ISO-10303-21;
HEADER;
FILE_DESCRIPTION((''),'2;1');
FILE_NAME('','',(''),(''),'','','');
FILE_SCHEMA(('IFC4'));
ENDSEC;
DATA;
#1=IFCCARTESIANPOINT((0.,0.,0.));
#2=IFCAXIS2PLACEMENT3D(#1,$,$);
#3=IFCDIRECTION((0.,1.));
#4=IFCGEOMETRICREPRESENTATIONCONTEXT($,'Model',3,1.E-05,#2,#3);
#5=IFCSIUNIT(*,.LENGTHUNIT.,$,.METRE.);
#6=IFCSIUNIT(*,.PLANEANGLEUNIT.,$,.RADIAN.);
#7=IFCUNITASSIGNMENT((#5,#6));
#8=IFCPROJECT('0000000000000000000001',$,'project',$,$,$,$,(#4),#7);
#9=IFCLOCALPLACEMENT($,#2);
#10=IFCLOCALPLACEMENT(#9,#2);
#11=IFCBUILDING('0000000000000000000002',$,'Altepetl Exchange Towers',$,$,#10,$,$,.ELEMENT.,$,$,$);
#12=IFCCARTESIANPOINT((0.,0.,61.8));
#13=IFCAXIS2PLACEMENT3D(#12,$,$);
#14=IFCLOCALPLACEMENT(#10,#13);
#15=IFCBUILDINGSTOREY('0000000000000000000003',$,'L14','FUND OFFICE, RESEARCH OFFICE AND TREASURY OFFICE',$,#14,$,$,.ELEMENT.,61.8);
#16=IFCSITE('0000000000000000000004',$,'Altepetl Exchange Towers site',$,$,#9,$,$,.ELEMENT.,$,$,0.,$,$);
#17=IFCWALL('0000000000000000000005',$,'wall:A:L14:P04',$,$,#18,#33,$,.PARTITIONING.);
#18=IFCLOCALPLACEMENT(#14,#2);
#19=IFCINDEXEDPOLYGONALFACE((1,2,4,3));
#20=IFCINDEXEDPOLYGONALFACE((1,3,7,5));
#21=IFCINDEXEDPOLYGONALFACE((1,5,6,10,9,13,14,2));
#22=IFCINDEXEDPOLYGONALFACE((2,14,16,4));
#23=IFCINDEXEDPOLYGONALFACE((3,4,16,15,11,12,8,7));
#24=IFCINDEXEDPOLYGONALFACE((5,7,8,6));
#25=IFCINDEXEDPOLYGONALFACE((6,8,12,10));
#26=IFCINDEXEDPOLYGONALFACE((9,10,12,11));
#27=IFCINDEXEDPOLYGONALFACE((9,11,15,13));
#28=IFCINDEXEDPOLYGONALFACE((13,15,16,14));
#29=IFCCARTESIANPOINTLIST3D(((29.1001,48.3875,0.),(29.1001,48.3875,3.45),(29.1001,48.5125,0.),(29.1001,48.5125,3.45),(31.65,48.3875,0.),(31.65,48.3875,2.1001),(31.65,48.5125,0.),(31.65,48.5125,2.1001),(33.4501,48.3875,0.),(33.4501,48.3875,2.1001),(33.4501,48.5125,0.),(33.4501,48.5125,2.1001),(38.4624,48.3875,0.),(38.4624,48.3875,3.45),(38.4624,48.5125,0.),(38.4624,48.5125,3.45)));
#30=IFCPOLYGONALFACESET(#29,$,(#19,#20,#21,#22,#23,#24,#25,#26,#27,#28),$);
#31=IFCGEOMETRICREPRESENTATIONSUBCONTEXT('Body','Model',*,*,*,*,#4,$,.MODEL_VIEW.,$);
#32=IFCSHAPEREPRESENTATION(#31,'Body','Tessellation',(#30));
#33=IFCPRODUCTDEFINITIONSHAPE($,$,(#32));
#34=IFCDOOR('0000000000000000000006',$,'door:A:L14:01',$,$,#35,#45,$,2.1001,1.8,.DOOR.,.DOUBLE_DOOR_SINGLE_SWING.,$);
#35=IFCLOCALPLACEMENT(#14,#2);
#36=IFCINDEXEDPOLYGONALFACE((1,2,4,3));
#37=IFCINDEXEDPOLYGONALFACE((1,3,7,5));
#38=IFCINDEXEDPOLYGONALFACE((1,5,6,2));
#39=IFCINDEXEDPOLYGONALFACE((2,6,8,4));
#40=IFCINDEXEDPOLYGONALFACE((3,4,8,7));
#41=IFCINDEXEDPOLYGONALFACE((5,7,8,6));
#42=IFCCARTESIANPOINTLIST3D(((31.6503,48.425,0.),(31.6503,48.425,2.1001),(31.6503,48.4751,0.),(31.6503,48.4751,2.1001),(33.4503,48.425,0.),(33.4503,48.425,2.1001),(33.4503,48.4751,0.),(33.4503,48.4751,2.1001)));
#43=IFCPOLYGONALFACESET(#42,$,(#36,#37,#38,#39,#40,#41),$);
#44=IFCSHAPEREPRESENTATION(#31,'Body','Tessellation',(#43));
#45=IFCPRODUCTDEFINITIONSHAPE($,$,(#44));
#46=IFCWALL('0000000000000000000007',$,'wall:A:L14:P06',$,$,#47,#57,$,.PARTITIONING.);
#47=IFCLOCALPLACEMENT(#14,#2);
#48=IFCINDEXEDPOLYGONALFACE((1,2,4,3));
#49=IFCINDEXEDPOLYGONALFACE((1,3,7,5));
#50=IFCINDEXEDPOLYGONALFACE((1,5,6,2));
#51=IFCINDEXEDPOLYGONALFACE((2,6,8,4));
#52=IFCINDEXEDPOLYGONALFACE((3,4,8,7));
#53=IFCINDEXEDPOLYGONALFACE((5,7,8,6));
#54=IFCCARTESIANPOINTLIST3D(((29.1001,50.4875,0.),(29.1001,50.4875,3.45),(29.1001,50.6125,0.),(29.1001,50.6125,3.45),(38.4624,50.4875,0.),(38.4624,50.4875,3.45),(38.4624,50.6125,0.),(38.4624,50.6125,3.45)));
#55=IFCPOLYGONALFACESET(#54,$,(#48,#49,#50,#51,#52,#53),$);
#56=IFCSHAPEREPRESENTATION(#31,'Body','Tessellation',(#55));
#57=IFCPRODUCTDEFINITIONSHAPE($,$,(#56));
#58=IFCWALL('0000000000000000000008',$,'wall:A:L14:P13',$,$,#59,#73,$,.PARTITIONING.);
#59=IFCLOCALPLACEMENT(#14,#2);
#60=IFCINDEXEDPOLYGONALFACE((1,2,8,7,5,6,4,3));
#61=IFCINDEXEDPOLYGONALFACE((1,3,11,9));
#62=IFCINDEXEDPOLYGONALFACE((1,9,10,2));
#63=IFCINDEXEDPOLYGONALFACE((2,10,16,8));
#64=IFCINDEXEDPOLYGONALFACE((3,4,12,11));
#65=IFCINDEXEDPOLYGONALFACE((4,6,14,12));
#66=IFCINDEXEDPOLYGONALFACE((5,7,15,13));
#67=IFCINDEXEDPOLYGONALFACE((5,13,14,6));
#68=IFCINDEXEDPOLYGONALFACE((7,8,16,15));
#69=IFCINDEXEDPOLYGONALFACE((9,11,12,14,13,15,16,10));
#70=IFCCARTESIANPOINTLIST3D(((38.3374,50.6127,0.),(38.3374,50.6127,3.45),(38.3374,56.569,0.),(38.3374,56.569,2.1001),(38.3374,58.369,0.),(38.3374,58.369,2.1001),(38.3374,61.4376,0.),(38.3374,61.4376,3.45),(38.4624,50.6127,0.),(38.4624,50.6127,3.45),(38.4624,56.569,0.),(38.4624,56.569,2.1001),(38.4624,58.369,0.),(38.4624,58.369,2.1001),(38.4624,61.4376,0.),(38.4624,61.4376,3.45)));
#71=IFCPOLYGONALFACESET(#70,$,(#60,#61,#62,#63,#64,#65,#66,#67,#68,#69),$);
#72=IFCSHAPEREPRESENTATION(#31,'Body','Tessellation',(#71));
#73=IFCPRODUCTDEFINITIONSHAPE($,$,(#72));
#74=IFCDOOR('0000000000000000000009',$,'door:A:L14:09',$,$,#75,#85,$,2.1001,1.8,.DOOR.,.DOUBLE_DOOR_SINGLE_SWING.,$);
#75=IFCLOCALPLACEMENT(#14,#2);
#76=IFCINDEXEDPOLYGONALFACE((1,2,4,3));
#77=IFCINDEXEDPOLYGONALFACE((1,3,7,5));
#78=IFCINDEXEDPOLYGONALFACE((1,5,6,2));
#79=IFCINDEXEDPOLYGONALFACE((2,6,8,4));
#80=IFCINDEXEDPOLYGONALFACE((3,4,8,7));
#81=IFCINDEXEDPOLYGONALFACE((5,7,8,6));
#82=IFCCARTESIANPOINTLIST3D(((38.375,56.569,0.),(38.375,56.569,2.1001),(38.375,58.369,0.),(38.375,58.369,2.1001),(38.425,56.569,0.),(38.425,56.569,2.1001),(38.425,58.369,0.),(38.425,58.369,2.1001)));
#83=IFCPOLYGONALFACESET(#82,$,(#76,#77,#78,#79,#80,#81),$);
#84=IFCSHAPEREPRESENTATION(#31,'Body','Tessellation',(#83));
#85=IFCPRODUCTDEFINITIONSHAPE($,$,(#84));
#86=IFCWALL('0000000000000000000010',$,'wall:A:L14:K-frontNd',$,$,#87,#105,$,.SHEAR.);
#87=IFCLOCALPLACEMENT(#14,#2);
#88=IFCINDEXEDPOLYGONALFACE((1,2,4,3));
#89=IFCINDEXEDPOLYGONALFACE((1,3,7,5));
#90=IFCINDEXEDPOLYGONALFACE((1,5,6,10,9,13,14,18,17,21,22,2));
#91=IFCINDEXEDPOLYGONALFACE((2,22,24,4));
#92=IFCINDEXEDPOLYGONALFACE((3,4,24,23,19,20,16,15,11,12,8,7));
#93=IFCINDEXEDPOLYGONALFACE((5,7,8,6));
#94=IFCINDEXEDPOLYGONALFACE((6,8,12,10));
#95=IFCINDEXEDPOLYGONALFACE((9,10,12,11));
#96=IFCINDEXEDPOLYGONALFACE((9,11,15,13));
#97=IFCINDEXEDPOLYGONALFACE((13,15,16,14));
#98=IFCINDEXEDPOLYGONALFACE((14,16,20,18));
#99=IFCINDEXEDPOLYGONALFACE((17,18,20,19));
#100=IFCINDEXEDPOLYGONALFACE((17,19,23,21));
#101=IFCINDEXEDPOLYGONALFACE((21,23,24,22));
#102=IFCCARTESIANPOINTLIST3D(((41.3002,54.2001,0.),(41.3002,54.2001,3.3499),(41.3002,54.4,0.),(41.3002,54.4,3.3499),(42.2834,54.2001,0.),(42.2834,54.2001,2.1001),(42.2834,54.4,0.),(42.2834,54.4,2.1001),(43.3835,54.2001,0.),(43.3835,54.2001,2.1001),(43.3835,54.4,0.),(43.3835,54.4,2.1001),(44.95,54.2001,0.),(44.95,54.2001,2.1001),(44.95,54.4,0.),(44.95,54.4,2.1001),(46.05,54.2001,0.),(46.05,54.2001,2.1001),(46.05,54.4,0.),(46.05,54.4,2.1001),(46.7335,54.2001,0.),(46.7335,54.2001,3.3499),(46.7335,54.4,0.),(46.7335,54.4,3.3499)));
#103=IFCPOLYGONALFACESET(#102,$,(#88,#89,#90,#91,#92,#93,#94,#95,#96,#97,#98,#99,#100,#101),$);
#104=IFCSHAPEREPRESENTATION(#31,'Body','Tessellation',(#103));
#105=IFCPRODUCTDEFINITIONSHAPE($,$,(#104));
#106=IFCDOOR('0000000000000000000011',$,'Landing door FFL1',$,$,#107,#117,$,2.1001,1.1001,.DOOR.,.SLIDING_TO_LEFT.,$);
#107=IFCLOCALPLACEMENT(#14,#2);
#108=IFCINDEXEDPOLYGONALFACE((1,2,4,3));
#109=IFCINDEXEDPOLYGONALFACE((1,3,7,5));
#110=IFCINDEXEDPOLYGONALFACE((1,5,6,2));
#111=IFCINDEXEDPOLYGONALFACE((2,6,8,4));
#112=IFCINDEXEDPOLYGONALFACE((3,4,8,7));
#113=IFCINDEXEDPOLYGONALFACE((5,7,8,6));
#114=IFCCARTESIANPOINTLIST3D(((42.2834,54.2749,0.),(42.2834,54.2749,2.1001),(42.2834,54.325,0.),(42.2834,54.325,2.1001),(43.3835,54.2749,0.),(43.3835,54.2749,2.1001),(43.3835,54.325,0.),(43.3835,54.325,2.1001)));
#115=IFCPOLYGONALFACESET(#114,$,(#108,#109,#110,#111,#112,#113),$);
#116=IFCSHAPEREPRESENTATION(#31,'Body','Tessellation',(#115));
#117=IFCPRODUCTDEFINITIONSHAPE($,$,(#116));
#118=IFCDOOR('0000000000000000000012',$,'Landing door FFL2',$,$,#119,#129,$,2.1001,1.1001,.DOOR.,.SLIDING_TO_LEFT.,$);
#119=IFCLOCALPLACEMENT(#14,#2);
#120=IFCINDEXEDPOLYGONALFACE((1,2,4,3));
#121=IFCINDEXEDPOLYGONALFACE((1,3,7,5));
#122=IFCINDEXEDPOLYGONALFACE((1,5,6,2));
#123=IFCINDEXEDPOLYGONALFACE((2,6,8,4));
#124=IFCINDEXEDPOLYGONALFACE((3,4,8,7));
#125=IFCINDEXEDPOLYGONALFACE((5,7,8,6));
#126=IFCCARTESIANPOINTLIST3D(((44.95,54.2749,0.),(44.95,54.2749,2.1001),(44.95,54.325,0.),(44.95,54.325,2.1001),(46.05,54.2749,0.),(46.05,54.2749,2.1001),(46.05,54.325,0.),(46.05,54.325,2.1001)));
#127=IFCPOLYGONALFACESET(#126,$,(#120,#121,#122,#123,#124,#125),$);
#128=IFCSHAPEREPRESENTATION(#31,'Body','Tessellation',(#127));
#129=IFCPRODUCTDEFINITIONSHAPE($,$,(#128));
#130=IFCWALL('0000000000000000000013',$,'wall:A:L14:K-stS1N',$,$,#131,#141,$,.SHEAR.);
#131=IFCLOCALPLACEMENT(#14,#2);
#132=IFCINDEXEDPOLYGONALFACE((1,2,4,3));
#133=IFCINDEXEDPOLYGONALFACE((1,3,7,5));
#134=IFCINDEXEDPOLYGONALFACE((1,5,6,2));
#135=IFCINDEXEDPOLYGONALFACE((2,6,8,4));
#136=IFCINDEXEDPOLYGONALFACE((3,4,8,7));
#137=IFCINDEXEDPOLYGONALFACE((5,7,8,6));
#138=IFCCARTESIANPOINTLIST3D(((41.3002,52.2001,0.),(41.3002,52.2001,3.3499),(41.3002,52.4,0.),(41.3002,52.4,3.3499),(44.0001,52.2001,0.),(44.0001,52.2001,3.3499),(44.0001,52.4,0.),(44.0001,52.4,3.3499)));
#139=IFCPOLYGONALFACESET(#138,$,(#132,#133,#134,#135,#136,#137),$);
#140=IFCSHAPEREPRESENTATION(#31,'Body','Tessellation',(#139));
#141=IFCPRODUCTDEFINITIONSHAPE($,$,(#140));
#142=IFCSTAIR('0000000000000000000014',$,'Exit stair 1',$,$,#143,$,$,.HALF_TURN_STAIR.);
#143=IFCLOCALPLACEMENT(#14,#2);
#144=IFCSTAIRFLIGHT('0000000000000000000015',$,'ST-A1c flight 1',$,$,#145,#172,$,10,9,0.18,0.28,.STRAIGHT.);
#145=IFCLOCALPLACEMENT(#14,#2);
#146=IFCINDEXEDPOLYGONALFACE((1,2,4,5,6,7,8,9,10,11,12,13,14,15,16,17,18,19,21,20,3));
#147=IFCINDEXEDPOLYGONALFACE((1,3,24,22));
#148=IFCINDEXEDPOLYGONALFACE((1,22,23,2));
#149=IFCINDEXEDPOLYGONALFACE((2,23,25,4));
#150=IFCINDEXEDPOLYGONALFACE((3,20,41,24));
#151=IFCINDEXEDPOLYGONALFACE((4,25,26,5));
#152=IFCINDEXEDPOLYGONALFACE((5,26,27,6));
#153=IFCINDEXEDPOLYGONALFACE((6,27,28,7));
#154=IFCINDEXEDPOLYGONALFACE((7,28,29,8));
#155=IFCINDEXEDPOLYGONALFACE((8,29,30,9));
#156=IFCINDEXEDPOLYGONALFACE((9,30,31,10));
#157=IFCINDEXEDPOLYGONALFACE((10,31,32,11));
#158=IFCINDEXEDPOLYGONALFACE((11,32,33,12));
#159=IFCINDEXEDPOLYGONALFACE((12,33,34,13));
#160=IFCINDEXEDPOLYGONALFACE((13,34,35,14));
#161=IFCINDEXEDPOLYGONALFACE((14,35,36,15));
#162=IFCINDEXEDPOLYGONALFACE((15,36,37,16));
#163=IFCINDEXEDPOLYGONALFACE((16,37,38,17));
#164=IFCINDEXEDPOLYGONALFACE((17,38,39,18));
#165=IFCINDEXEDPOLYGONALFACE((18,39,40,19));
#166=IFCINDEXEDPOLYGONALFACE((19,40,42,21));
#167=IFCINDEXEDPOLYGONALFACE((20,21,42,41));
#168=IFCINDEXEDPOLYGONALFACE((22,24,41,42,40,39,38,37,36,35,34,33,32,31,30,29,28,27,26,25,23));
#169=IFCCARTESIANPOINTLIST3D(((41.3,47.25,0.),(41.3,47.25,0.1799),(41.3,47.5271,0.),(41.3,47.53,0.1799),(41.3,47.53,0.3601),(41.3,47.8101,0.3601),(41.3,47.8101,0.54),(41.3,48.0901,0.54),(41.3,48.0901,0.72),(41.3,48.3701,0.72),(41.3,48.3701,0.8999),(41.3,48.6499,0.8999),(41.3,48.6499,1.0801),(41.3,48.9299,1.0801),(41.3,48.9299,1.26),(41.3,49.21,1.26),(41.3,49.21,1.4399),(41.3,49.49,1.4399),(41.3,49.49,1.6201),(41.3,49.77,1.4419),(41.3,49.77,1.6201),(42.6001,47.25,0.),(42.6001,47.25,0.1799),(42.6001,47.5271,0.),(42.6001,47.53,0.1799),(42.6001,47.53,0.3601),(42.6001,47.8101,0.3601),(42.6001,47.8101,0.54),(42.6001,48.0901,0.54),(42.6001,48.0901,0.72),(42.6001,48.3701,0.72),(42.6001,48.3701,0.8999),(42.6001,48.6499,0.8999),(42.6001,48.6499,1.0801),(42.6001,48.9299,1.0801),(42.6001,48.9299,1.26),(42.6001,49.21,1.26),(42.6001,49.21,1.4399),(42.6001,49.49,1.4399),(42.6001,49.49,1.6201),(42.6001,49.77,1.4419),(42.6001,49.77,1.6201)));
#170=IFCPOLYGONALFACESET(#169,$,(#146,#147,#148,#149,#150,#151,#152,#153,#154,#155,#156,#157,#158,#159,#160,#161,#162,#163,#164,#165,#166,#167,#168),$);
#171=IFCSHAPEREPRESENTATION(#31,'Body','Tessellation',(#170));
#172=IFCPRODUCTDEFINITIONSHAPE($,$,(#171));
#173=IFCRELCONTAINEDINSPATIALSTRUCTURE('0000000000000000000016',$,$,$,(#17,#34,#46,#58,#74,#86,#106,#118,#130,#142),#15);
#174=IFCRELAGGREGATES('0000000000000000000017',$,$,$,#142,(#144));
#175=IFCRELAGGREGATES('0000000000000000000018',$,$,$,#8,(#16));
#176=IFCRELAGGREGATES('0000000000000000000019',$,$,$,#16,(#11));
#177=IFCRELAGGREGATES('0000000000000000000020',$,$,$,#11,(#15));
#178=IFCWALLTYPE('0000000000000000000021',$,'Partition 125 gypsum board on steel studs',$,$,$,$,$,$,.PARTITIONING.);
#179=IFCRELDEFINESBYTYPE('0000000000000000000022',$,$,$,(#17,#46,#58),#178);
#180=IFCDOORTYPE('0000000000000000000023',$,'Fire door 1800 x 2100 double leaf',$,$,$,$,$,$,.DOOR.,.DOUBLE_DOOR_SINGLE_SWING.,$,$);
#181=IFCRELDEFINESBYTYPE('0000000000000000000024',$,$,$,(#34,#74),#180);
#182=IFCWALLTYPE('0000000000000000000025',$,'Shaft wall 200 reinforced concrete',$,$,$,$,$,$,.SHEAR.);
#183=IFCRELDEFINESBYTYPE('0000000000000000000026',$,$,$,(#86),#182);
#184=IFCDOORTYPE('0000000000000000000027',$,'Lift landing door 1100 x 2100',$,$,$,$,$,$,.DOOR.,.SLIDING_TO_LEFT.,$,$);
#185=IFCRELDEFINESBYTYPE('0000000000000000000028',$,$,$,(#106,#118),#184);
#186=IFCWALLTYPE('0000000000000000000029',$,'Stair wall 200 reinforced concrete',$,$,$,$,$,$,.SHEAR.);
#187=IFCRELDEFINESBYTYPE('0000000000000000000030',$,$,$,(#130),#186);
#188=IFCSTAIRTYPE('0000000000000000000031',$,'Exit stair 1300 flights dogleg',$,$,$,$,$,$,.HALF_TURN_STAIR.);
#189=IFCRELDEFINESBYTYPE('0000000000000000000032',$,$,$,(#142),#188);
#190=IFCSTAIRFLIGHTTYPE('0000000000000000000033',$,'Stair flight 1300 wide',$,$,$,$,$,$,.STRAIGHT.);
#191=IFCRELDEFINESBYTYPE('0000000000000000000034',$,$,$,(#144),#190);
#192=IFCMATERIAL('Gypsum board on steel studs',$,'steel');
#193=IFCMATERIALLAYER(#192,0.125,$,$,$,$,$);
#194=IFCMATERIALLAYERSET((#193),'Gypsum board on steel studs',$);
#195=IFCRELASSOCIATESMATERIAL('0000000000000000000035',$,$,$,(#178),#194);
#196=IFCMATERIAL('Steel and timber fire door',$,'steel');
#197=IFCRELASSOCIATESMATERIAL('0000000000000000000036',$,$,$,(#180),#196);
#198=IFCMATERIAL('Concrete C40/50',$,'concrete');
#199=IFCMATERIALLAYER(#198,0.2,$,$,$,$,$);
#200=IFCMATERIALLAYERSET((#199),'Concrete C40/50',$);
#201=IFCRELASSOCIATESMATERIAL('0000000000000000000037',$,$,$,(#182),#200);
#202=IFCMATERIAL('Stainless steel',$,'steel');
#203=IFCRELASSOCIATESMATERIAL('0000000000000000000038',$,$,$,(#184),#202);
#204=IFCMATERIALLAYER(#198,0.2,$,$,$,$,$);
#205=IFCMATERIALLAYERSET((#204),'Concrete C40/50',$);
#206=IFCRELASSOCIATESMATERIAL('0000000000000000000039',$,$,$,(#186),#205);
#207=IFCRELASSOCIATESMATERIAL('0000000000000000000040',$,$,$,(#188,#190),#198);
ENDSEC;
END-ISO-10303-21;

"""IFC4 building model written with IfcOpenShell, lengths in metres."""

from ifc_helpers import new_model, si_unit, direction, frame, frame_2d, origin, place, context, subcontext, project, spatial, polyline, rectangle, outline, extrude, material, layer, layer_set, type_object, element, fill, aggregate, save


model = new_model("IFC4")

# Units and contexts
model_context = context("Model", 3, precision=1e-05, world=origin(), true_north=direction((0.0, 1.0)))
body_context = subcontext(model_context, "Body", "Model", "MODEL_VIEW")
ifc_project = project(units=[si_unit("LENGTHUNIT", "METRE"), si_unit("PLANEANGLEUNIT", "RADIAN")], contexts=[model_context])

# Site, building, storey
site_placement = place(None, origin())
site = spatial("IfcSite", under=ifc_project, at=site_placement, Name="Altepetl Exchange Towers site", CompositionType="ELEMENT", RefElevation=0.0)
building_placement = place(site_placement, origin())
building = spatial("IfcBuilding", under=site, at=building_placement, Name="Altepetl Exchange Towers", CompositionType="ELEMENT")
storey_placement = place(building_placement, frame((0.0, 0.0, 61.8)))
storey = spatial("IfcBuildingStorey", under=building, at=storey_placement, Name="L14", Description="FUND OFFICE, RESEARCH OFFICE AND TREASURY OFFICE", CompositionType="ELEMENT", Elevation=61.8)

# Wall, opening, door
ifc_material_1 = material(Name="Gypsum board on steel studs", Category="steel")
ifc_layer_1 = layer(ifc_material_1, 0.125)
ifc_layer_set_1 = layer_set([ifc_layer_1], Name="Gypsum board on steel studs")
wall_type_1 = type_object("IfcWallType", Name="Partition 125 gypsum board on steel studs", PredefinedType="PARTITIONING", material=ifc_layer_set_1)
wall_1_placement = place(storey_placement, frame((29.1001, 48.45, 0.0)))
wall_1 = element("IfcWall", 1, at=wall_1_placement, inside=storey, type_object=wall_type_1, Name="wall:A:L14:P04", PredefinedType="PARTITIONING", context=body_context, shape_type="SweptSolid", body=[
    extrude(rectangle(XDim=9.3623, YDim=0.125, at=frame_2d((4.6812, 0.0))), origin(), (0.0, 0.0, 1.0), 3.45),
])
opening_1_placement = place(wall_1_placement, frame((2.55, 0.0, 0.0)))
opening_1 = element("IfcOpeningElement", 2, at=opening_1_placement, cuts=wall_1, PredefinedType="OPENING", context=body_context, shape_type="SweptSolid", body=[
    extrude(rectangle(XDim=1.8, YDim=2.1001, at=frame_2d((0.8999, 1.05))), frame((0.0, 0.0725, 0.0), z_axis=(0.0, -1.0, 0.0), x_axis=(1.0, 0.0, 0.0)), (0.0, 0.0, 1.0), 0.145),
])
ifc_material_2 = material(Name="Steel and timber fire door", Category="steel")
door_type_1 = type_object("IfcDoorType", Name="Fire door 1800 x 2100 double leaf", OperationType="DOUBLE_DOOR_SINGLE_SWING", PredefinedType="DOOR", material=ifc_material_2)
door_1_placement = place(opening_1_placement, frame((1.8, 0.0, 0.0), x_axis=(-1.0, 0.0, 0.0)))
door_1 = element("IfcDoor", 3, at=door_1_placement, inside=storey, type_object=door_type_1, Name="door:A:L14:01", OperationType="DOUBLE_DOOR_SINGLE_SWING", OverallHeight=2.1001, OverallWidth=1.8, PredefinedType="DOOR", context=body_context, shape_type="SweptSolid", body=[
    extrude(rectangle(XDim=1.8, YDim=2.1001, at=frame_2d((0.8999, 1.05))), frame((0.0, 0.0249, 0.0), z_axis=(0.0, -1.0, 0.0), x_axis=(1.0, 0.0, 0.0)), (0.0, 0.0, 1.0), 0.05),
])
fill(opening_1, door_1)

# Wall
wall_2_placement = place(storey_placement, frame((29.1001, 50.55, 0.0)))
element("IfcWall", 4, at=wall_2_placement, inside=storey, type_object=wall_type_1, Name="wall:A:L14:P06", PredefinedType="PARTITIONING", context=body_context, shape_type="SweptSolid", body=[
    extrude(rectangle(XDim=9.3623, YDim=0.125, at=frame_2d((4.6812, 0.0))), origin(), (0.0, 0.0, 1.0), 3.45),
])

# Wall, opening, door
wall_3_placement = place(storey_placement, frame((38.3999, 50.6125, 0.0), z_axis=(0.0, 0.0, 1.0), x_axis=(0.0, 1.0, 0.0)))
wall_3 = element("IfcWall", 5, at=wall_3_placement, inside=storey, type_object=wall_type_1, Name="wall:A:L14:P13", PredefinedType="PARTITIONING", context=body_context, shape_type="SweptSolid", body=[
    extrude(rectangle(XDim=10.825, YDim=0.125, at=frame_2d((5.4126, 0.0))), origin(), (0.0, 0.0, 1.0), 3.45),
])
opening_2_placement = place(wall_3_placement, frame((5.9565, 0.0, 0.0)))
opening_2 = element("IfcOpeningElement", 6, at=opening_2_placement, cuts=wall_3, PredefinedType="OPENING", context=body_context, shape_type="SweptSolid", body=[
    extrude(rectangle(XDim=1.8, YDim=2.1001, at=frame_2d((0.8999, 1.05))), frame((0.0, 0.0725, 0.0), z_axis=(0.0, -1.0, 0.0), x_axis=(1.0, 0.0, 0.0)), (0.0, 0.0, 1.0), 0.145),
])
door_2_placement = place(opening_2_placement, origin())
door_2 = element("IfcDoor", 7, at=door_2_placement, inside=storey, type_object=door_type_1, Name="door:A:L14:09", OperationType="DOUBLE_DOOR_SINGLE_SWING", OverallHeight=2.1001, OverallWidth=1.8, PredefinedType="DOOR", context=body_context, shape_type="SweptSolid", body=[
    extrude(rectangle(XDim=1.8, YDim=2.1001, at=frame_2d((0.8999, 1.05))), frame((0.0, 0.0249, 0.0), z_axis=(0.0, -1.0, 0.0), x_axis=(1.0, 0.0, 0.0)), (0.0, 0.0, 1.0), 0.05),
])
fill(opening_2, door_2)

# Wall, openings, doors
ifc_material_3 = material(Name="Concrete C40/50", Category="concrete")
ifc_layer_2 = layer(ifc_material_3, 0.2)
ifc_layer_set_2 = layer_set([ifc_layer_2], Name="Concrete C40/50")
wall_type_2 = type_object("IfcWallType", Name="Shaft wall 200 reinforced concrete", PredefinedType="SHEAR", material=ifc_layer_set_2)
wall_4_placement = place(storey_placement, frame((41.3, 54.3, 0.0)))
wall_4 = element("IfcWall", 8, at=wall_4_placement, inside=storey, type_object=wall_type_2, Name="wall:A:L14:K-frontNd", PredefinedType="SHEAR", context=body_context, shape_type="SweptSolid", body=[
    extrude(rectangle(XDim=5.4333, YDim=0.2, at=frame_2d((2.7168, 0.0))), origin(), (0.0, 0.0, 1.0), 3.3499),
])
opening_3_placement = place(wall_4_placement, frame((0.9834, 0.0, 0.0)))
opening_3 = element("IfcOpeningElement", 9, at=opening_3_placement, cuts=wall_4, PredefinedType="OPENING", context=body_context, shape_type="SweptSolid", body=[
    extrude(rectangle(XDim=1.1001, YDim=2.1001, at=frame_2d((0.55, 1.05))), frame((0.0, 0.1099, 0.0), z_axis=(0.0, -1.0, 0.0), x_axis=(1.0, 0.0, 0.0)), (0.0, 0.0, 1.0), 0.22),
])
opening_4_placement = place(wall_4_placement, frame((3.6499, 0.0, 0.0)))
opening_4 = element("IfcOpeningElement", 10, at=opening_4_placement, cuts=wall_4, PredefinedType="OPENING", context=body_context, shape_type="SweptSolid", body=[
    extrude(rectangle(XDim=1.1001, YDim=2.1001, at=frame_2d((0.55, 1.05))), frame((0.0, 0.1099, 0.0), z_axis=(0.0, -1.0, 0.0), x_axis=(1.0, 0.0, 0.0)), (0.0, 0.0, 1.0), 0.22),
])
ifc_material_4 = material(Name="Stainless steel", Category="steel")
door_type_2 = type_object("IfcDoorType", Name="Lift landing door 1100 x 2100", OperationType="SLIDING_TO_LEFT", PredefinedType="DOOR", material=ifc_material_4)
door_3_placement = place(opening_3_placement, origin())
door_3 = element("IfcDoor", 11, at=door_3_placement, inside=storey, type_object=door_type_2, Name="Landing door FFL1", OperationType="SLIDING_TO_LEFT", OverallHeight=2.1001, OverallWidth=1.1001, PredefinedType="DOOR", context=body_context, shape_type="SweptSolid", body=[
    extrude(rectangle(XDim=1.1001, YDim=2.1001, at=frame_2d((0.55, 1.05))), frame((0.0, 0.0249, 0.0), z_axis=(0.0, -1.0, 0.0), x_axis=(1.0, 0.0, 0.0)), (0.0, 0.0, 1.0), 0.05),
])
fill(opening_3, door_3)
door_4_placement = place(opening_4_placement, origin())
door_4 = element("IfcDoor", 12, at=door_4_placement, inside=storey, type_object=door_type_2, Name="Landing door FFL2", OperationType="SLIDING_TO_LEFT", OverallHeight=2.1001, OverallWidth=1.1001, PredefinedType="DOOR", context=body_context, shape_type="SweptSolid", body=[
    extrude(rectangle(XDim=1.1001, YDim=2.1001, at=frame_2d((0.55, 1.05))), frame((0.0, 0.0249, 0.0), z_axis=(0.0, -1.0, 0.0), x_axis=(1.0, 0.0, 0.0)), (0.0, 0.0, 1.0), 0.05),
])
fill(opening_4, door_4)

# Wall
ifc_layer_3 = layer(ifc_material_3, 0.2)
ifc_layer_set_3 = layer_set([ifc_layer_3], Name="Concrete C40/50")
wall_type_3 = type_object("IfcWallType", Name="Stair wall 200 reinforced concrete", PredefinedType="SHEAR", material=ifc_layer_set_3)
wall_5_placement = place(storey_placement, frame((41.3, 52.3, 0.0)))
element("IfcWall", 13, at=wall_5_placement, inside=storey, type_object=wall_type_3, Name="wall:A:L14:K-stS1N", PredefinedType="SHEAR", context=body_context, shape_type="SweptSolid", body=[
    extrude(rectangle(XDim=2.7, YDim=0.2, at=frame_2d((1.3501, 0.0))), origin(), (0.0, 0.0, 1.0), 3.3499),
])

# Stair, stair flight
stair_type = type_object("IfcStairType", Name="Exit stair 1300 flights dogleg", PredefinedType="HALF_TURN_STAIR", material=ifc_material_3)
stair_placement = place(storey_placement, origin())
stair = element("IfcStair", 14, at=stair_placement, inside=storey, type_object=stair_type, Name="Exit stair 1", PredefinedType="HALF_TURN_STAIR")
stair_flight_type = type_object("IfcStairFlightType", Name="Stair flight 1300 wide", PredefinedType="STRAIGHT", material=ifc_material_3)
stair_flight_placement = place(storey_placement, frame((41.95, 47.25, 0.0), z_axis=(0.0, 0.0, 1.0), x_axis=(0.0, 1.0, 0.0)))
stair_flight = element("IfcStairFlight", 15, at=stair_flight_placement, type_object=stair_flight_type, Name="ST-A1c flight 1", NumberOfRisers=10, NumberOfTreads=9, PredefinedType="STRAIGHT", RiserHeight=0.18, TreadLength=0.28, context=body_context, shape_type="SweptSolid", body=[
    extrude(outline(polyline([(0.0, 0.0), (0.0, 0.1799), (0.28, 0.1799), (0.28, 0.3601), (0.5601, 0.3601), (0.5601, 0.54), (0.8401, 0.54), (0.8401, 0.72), (1.1201, 0.72), (1.1201, 0.8999), (1.3999, 0.8999), (1.3999, 1.0801), (1.6799, 1.0801), (1.6799, 1.26), (1.96, 1.26), (1.96, 1.4399), (2.24, 1.4399), (2.24, 1.6201), (2.52, 1.6201), (2.52, 1.8), (2.52, 1.4419), (0.2771, 0.0), (0.0, 0.0)])), frame((0.0, 0.6499, 0.0), z_axis=(0.0, -1.0, 0.0), x_axis=(1.0, 0.0, 0.0)), (0.0, 0.0, 1.0), 1.3),
])
aggregate(stair, [stair_flight])

save(model, "model.ifc")
